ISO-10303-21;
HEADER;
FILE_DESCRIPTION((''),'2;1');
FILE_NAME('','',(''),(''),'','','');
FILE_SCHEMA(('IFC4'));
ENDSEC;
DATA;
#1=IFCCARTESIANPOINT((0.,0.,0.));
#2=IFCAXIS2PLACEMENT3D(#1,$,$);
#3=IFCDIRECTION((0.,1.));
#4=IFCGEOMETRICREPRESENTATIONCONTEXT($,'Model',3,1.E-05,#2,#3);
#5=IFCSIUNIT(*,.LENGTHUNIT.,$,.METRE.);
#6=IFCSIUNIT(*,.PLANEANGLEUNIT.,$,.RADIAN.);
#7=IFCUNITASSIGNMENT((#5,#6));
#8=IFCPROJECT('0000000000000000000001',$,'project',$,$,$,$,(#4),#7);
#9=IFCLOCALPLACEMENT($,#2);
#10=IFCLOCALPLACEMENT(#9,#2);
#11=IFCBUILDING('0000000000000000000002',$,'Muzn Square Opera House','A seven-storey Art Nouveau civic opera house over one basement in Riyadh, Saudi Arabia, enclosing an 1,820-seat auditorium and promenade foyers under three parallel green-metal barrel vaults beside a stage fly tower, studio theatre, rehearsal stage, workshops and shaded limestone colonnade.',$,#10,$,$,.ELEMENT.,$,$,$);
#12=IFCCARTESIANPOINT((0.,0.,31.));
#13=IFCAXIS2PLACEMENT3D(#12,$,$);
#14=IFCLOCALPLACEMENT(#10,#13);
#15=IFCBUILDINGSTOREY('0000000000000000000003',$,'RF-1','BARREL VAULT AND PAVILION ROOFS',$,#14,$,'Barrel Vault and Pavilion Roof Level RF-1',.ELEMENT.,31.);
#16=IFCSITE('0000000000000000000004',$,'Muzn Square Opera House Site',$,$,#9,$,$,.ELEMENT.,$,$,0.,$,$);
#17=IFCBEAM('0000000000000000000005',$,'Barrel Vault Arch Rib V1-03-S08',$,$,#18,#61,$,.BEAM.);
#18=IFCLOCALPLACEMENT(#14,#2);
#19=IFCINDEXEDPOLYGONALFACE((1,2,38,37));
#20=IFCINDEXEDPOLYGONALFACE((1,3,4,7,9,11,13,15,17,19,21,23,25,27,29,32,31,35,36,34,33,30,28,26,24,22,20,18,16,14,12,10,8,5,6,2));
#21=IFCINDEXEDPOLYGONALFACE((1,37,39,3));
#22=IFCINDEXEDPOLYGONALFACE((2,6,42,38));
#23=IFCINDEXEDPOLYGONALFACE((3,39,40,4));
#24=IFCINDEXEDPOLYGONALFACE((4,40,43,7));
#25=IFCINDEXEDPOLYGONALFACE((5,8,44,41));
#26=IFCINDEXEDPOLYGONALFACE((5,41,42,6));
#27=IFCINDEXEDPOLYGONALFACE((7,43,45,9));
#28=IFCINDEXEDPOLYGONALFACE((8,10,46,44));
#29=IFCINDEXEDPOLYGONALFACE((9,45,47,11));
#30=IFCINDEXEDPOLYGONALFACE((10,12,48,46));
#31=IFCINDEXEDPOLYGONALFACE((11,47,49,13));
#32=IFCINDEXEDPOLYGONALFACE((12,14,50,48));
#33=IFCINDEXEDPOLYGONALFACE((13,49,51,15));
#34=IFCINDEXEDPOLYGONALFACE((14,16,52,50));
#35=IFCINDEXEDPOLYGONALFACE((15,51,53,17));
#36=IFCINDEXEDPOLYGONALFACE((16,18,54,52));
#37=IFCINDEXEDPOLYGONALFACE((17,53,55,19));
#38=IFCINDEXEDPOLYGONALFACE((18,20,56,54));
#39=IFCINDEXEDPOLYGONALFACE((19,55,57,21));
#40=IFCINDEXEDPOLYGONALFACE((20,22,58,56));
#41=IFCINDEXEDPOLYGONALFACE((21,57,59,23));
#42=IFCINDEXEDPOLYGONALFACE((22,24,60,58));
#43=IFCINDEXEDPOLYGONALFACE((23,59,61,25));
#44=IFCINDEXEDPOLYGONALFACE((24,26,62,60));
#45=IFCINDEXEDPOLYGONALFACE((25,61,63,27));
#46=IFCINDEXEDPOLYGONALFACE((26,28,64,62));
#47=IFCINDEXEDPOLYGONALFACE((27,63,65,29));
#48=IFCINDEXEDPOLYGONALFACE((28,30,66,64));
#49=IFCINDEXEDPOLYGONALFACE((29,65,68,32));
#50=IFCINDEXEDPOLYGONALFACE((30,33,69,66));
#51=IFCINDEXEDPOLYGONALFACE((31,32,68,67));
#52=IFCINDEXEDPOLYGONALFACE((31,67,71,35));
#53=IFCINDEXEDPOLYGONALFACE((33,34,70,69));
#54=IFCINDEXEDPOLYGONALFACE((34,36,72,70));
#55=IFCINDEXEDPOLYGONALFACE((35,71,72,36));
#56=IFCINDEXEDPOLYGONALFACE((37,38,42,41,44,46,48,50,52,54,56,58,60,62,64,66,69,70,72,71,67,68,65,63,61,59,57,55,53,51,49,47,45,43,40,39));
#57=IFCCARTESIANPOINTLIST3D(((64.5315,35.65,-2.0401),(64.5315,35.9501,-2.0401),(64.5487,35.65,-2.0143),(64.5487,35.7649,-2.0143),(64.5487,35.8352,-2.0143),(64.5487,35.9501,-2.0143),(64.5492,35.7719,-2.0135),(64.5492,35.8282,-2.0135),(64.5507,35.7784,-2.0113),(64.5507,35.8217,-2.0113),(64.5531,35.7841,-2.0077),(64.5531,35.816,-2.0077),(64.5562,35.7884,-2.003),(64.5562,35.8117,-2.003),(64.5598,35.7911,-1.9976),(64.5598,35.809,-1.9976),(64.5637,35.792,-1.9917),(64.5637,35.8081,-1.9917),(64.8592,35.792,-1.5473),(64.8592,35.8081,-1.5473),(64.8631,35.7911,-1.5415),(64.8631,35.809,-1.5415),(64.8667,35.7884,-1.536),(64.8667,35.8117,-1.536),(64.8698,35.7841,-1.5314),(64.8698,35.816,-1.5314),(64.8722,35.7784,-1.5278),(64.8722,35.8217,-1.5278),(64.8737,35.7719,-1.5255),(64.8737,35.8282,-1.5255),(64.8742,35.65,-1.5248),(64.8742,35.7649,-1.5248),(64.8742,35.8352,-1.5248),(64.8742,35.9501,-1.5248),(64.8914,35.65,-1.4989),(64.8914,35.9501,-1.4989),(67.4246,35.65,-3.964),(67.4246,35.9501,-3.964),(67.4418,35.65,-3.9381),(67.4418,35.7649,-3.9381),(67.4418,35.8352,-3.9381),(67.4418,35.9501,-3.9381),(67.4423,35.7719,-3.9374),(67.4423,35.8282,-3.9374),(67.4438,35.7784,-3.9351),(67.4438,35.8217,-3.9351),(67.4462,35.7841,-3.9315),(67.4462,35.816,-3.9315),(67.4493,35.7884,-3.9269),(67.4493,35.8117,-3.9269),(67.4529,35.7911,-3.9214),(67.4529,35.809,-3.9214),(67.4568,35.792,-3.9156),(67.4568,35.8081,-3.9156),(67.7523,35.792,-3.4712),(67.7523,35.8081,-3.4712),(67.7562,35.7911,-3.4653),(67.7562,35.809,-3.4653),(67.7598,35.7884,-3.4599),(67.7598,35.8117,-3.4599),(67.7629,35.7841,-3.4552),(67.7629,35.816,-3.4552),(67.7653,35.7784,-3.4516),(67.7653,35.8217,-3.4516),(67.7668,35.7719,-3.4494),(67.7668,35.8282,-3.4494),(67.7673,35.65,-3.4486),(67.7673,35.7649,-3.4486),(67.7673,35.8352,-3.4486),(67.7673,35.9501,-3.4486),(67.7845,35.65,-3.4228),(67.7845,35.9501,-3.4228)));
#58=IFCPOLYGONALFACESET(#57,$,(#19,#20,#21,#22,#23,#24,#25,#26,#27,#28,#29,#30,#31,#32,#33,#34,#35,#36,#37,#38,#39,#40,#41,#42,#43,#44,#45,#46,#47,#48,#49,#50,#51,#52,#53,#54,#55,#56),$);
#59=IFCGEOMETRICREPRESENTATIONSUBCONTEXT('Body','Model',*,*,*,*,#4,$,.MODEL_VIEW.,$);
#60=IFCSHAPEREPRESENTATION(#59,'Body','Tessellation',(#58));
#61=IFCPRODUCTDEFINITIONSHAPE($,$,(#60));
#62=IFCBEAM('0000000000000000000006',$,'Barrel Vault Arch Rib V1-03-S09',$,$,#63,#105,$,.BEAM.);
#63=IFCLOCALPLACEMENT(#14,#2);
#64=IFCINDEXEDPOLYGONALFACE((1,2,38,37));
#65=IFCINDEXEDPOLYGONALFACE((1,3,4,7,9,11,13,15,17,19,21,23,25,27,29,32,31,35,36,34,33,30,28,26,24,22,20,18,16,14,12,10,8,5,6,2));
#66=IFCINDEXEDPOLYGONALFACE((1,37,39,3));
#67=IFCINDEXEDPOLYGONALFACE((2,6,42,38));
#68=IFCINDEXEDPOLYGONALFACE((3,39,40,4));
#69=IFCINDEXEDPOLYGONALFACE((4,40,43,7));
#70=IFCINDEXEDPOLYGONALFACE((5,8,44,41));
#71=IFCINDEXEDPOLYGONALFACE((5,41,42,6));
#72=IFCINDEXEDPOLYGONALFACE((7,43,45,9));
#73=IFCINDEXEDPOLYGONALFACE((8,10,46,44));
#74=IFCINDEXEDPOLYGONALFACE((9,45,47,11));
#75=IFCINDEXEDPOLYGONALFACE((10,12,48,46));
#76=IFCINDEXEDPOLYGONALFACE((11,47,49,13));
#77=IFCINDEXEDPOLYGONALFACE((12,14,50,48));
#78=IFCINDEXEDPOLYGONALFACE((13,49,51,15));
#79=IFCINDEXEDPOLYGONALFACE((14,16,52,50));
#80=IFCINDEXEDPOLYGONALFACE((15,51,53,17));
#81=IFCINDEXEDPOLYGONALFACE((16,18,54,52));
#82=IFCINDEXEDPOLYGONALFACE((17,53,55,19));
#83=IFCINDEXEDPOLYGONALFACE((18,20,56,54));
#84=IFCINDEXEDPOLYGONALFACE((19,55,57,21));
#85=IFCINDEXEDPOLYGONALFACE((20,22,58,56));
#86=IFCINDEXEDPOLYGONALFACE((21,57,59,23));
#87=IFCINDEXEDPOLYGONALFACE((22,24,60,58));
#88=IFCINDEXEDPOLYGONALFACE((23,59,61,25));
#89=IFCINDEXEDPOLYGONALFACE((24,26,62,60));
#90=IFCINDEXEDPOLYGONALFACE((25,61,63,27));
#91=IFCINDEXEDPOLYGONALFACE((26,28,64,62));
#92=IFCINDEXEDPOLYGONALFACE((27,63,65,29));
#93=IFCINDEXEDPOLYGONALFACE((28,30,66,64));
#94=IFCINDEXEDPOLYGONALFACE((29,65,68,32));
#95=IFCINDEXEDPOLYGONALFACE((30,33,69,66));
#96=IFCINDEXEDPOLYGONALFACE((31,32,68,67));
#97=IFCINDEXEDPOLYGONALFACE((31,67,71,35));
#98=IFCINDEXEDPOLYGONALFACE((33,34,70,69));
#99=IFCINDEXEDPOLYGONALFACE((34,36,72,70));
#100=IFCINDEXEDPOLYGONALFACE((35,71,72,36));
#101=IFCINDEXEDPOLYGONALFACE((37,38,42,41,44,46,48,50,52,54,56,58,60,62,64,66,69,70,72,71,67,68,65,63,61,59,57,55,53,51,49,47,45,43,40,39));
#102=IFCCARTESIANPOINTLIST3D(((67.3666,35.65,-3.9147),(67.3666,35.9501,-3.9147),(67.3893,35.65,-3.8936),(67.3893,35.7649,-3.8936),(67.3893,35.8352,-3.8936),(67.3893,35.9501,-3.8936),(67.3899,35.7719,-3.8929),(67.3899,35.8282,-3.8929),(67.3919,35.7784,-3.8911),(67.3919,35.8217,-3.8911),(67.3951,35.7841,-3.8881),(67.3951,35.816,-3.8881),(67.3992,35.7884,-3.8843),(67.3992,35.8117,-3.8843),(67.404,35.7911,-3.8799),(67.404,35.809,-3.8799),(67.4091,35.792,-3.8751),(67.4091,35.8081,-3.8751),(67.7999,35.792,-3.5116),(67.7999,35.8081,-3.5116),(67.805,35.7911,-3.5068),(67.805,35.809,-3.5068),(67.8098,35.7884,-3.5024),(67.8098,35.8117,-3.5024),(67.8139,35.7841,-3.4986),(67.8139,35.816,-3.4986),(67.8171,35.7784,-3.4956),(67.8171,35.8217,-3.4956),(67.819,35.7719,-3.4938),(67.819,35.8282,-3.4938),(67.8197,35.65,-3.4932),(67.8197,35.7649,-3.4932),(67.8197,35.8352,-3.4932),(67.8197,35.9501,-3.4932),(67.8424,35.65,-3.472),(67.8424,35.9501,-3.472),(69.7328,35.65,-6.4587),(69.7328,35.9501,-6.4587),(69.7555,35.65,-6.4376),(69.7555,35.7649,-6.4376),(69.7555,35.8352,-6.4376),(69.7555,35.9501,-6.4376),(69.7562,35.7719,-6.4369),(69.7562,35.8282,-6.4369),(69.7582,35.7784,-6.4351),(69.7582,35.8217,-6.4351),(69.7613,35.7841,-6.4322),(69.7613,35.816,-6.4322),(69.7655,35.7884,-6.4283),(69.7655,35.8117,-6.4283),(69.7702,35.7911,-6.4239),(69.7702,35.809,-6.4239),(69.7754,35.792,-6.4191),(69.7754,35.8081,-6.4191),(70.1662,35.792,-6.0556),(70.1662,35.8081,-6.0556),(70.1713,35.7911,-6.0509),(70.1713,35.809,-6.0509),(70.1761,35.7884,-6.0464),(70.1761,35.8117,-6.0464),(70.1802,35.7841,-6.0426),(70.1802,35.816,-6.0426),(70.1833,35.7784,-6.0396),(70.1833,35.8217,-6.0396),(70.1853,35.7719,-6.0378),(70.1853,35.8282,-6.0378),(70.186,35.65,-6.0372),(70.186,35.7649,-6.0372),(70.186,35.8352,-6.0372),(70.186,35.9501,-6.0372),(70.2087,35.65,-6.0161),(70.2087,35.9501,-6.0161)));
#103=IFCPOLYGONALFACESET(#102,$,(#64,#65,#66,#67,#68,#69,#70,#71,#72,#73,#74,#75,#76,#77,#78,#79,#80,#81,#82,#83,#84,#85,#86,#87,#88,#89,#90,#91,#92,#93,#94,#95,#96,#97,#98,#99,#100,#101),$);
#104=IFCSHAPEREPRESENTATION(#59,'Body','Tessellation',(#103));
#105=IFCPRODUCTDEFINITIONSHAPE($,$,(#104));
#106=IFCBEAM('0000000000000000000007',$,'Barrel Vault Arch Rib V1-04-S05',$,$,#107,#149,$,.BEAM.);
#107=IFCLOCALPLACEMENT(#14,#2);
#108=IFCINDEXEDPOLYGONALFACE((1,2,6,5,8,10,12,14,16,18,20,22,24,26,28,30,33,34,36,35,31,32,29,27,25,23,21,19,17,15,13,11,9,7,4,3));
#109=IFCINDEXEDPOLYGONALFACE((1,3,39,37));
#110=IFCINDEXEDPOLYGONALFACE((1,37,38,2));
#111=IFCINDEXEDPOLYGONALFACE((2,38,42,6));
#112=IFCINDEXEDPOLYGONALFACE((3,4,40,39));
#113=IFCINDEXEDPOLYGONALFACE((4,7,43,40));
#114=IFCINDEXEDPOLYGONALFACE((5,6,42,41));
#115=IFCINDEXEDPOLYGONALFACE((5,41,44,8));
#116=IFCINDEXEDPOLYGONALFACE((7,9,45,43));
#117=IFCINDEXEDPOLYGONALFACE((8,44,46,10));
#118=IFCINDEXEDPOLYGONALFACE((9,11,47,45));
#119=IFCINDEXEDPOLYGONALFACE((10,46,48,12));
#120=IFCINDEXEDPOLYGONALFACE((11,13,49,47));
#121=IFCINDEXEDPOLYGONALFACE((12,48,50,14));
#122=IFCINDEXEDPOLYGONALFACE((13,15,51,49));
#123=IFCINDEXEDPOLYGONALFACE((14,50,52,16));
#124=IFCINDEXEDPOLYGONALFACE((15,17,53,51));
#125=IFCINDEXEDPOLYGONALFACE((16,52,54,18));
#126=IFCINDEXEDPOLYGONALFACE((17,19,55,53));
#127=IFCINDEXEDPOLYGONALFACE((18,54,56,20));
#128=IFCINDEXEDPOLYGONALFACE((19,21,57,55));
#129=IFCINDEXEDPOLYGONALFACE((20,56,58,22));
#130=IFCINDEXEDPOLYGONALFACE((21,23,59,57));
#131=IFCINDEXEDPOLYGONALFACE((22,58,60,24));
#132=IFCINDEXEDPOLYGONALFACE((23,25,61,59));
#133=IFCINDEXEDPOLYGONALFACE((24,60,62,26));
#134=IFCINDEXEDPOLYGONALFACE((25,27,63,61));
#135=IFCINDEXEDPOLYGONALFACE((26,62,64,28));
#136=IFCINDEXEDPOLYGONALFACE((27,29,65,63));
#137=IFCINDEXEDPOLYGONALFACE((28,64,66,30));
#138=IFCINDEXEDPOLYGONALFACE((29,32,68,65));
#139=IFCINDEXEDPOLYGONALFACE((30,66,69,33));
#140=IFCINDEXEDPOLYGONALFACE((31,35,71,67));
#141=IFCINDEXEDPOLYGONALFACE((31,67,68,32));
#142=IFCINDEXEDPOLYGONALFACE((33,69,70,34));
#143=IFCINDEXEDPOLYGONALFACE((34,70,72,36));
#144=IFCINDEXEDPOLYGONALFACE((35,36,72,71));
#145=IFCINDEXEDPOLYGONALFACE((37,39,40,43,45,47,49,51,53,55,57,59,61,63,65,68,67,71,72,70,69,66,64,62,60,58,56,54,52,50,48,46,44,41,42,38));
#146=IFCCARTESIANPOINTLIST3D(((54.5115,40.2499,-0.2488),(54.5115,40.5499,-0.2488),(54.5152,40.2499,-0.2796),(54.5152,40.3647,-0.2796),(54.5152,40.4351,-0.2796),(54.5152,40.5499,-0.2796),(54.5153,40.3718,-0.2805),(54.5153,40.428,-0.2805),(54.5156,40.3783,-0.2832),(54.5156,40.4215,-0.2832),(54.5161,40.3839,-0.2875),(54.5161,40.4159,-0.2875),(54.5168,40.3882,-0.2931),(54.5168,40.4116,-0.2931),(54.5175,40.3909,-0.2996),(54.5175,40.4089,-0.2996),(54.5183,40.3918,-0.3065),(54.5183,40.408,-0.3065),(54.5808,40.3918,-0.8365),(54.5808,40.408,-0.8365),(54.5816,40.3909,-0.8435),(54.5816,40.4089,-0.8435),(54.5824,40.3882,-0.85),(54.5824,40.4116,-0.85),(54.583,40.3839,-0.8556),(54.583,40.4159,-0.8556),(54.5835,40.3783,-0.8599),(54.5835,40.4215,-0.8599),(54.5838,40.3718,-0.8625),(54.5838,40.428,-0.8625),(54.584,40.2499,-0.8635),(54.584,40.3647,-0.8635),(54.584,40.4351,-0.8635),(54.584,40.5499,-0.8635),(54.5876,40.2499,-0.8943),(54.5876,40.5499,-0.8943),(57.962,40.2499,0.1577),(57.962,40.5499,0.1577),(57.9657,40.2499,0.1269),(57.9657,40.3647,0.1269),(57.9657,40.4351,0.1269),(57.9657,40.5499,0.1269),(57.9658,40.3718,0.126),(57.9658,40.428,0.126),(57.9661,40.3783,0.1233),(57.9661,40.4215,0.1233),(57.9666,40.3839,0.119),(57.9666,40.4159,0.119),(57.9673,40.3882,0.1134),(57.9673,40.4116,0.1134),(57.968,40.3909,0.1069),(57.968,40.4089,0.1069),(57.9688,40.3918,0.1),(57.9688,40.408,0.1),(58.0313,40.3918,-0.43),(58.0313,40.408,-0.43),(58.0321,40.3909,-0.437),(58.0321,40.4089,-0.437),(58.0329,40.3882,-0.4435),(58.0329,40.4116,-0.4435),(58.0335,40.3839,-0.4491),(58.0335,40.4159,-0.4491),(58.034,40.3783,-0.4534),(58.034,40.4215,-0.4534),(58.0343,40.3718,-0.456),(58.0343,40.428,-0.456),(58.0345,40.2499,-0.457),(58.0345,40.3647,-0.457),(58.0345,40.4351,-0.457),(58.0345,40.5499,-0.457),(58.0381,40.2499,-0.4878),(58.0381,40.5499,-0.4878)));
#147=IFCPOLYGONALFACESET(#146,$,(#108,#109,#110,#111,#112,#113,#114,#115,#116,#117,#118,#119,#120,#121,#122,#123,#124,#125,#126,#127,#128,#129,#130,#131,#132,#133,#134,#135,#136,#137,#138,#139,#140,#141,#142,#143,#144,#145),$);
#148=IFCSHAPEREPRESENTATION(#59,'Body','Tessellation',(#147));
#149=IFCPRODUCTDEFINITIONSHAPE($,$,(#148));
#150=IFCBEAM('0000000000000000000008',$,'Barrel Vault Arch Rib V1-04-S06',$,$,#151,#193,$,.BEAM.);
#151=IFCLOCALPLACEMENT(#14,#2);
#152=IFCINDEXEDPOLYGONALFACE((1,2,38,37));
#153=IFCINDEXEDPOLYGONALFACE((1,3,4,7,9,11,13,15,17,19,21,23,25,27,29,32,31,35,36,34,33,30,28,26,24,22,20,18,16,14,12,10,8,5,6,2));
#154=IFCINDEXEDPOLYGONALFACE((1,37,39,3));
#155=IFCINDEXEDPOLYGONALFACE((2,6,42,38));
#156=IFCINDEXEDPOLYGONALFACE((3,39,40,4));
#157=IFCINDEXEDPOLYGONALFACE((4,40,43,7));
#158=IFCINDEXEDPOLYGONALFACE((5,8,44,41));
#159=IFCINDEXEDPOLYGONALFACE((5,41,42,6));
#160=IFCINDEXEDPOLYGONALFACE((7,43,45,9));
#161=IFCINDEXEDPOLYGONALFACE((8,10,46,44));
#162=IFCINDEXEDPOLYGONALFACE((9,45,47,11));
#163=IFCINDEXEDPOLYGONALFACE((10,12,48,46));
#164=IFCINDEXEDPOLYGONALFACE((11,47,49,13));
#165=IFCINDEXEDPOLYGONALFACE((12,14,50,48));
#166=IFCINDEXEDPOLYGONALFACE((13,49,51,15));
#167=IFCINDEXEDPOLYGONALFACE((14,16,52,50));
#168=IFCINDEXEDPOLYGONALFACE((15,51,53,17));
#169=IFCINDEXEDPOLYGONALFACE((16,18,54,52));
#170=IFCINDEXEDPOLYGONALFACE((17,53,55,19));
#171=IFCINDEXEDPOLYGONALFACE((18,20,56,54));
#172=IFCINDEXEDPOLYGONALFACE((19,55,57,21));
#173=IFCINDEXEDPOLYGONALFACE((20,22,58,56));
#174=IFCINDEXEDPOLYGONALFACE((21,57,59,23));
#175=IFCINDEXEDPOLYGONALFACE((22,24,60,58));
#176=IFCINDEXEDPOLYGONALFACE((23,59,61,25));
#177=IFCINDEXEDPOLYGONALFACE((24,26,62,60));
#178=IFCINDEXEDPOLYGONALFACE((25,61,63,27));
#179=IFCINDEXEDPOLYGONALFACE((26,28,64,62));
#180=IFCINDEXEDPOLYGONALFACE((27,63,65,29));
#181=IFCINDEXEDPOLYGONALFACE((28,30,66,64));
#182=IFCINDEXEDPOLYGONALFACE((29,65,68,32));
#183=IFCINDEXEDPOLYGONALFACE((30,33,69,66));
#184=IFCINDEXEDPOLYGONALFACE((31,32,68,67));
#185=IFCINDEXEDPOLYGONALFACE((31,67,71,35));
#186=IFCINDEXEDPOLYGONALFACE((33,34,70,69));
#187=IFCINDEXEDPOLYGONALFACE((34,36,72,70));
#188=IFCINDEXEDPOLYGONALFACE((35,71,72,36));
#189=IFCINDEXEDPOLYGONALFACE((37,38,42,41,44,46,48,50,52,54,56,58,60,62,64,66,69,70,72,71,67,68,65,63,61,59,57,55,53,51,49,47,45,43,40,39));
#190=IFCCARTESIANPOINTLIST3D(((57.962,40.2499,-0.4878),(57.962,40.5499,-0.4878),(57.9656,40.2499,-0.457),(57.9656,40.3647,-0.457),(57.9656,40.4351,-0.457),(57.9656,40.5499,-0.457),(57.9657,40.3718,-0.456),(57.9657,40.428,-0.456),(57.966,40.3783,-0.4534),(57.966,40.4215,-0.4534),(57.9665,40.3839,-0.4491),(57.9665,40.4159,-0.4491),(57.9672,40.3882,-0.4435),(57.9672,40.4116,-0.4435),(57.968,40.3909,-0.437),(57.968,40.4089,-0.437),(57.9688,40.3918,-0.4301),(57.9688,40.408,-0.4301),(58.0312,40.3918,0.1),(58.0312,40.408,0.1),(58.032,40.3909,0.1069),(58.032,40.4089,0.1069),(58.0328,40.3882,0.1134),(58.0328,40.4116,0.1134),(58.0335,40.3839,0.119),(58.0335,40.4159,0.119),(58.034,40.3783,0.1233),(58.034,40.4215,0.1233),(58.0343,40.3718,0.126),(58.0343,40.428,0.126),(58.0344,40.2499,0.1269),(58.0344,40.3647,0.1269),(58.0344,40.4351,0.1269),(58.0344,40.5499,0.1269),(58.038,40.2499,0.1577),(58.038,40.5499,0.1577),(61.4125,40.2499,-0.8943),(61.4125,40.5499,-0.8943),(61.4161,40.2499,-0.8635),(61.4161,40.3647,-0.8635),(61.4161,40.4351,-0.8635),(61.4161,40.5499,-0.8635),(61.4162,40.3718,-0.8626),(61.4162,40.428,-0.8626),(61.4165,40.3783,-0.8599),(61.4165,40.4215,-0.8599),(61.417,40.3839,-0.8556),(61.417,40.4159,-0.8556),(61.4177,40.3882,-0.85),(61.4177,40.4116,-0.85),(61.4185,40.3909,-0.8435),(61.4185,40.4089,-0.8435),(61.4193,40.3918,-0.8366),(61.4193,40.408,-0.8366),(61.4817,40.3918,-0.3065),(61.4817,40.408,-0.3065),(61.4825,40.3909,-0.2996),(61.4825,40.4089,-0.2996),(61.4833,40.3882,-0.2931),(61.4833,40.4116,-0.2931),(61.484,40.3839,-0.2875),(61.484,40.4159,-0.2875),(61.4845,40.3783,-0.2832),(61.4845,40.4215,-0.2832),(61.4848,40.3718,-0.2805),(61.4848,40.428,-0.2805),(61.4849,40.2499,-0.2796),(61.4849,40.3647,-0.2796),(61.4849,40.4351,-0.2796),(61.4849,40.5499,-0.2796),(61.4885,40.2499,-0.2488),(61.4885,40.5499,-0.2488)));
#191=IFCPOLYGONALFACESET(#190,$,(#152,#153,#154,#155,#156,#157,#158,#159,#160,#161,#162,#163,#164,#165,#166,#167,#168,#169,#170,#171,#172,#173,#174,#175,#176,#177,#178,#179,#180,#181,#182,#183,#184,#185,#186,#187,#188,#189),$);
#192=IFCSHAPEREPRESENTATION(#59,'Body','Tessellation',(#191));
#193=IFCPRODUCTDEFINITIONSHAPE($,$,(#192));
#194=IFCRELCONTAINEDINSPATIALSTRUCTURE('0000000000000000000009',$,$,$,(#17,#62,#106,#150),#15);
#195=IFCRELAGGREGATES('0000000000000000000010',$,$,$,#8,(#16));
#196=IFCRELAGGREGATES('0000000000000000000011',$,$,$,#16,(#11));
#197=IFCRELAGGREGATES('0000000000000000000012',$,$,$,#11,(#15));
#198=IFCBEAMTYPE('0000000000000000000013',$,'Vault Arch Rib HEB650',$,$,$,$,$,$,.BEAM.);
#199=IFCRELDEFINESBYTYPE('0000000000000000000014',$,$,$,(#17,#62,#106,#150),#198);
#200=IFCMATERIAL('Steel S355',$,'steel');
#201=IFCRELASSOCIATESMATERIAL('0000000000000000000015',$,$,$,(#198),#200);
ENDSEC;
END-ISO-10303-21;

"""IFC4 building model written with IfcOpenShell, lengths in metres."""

from ifc_helpers import new_model, si_unit, direction, frame, origin, origin_2d, place, context, subcontext, project, spatial, i_section, extrude, material, material_profile, profile_set, type_object, element, save


model = new_model("IFC4")

# Units and contexts
model_context = context("Model", 3, precision=1e-05, world=origin(), true_north=direction((0.0, 1.0)))
body_context = subcontext(model_context, "Body", "Model", "MODEL_VIEW")
ifc_project = project(units=[si_unit("LENGTHUNIT", "METRE"), si_unit("PLANEANGLEUNIT", "RADIAN")], contexts=[model_context])

# Site, building, storey
site_placement = place(None, origin())
site = spatial("IfcSite", under=ifc_project, at=site_placement, Name="Muzn Square Opera House Site", CompositionType="ELEMENT", RefElevation=0.0)
building_placement = place(site_placement, origin())
building = spatial("IfcBuilding", under=site, at=building_placement, Name="Muzn Square Opera House", Description="A seven-storey Art Nouveau civic opera house over one basement in Riyadh, Saudi Arabia, enclosing an 1,820-seat auditorium and promenade foyers under three parallel green-metal barrel vaults beside a stage fly tower, studio theatre, rehearsal stage, workshops and shaded limestone colonnade.", CompositionType="ELEMENT")
storey_placement = place(building_placement, frame((0.0, 0.0, 31.0)))
storey = spatial("IfcBuildingStorey", under=building, at=storey_placement, Name="RF-1", Description="BARREL VAULT AND PAVILION ROOFS", LongName="Barrel Vault and Pavilion Roof Level RF-1", CompositionType="ELEMENT", Elevation=31.0)

# Beams
ifc_material_1 = material(Name="Steel S355", Category="steel")
ifc_material_profile_1 = material_profile(ifc_material_1, i_section(OverallWidth=0.3, OverallDepth=0.6499, WebThickness=0.0161, FlangeThickness=0.031, FilletRadius=0.0271, at=origin_2d()), Name="HEB 650", Category="steel")
ifc_profile_set_1 = profile_set([ifc_material_profile_1], Name="Steel S355")
beam_type_1 = type_object("IfcBeamType", Name="Vault Arch Rib HEB650", PredefinedType="BEAM", material=ifc_profile_set_1)
for number, where, z_axis, x_axis, name in (
    (1, (64.7114, 35.8, -1.7695), (0.832698, 0.0, -0.553727), (0.0, 1.0, 0.0), "Barrel Vault Arch Rib V1-03-S08"),
    (2, (67.6045, 35.8, -3.6934), (0.681065, 0.0, -0.732223), (0.0, 1.0, 0.0), "Barrel Vault Arch Rib V1-03-S09"),
    (3, (54.5496, 40.3999, -0.5715), (0.993132, 0.0, 0.117), (0.0, 1.0, 0.0), "Barrel Vault Arch Rib V1-04-S05"),
    (4, (58.0, 40.3999, -0.165), (0.993132, 0.0, -0.117), (0.0, 1.0, 0.0), "Barrel Vault Arch Rib V1-04-S06"),
):
    element("IfcBeam", number, at=place(storey_placement, frame(where, z_axis=z_axis, x_axis=x_axis)), inside=storey, type_object=beam_type_1, Name=name, PredefinedType="BEAM", context=body_context, shape_type="SweptSolid", body=[
        extrude(i_section(OverallWidth=0.3, OverallDepth=0.6499, WebThickness=0.0161, FlangeThickness=0.031, FilletRadius=0.0271, at=origin_2d()), origin(), (0.0, 0.0, 1.0), 3.4744),
    ])

save(model, "model.ifc")
